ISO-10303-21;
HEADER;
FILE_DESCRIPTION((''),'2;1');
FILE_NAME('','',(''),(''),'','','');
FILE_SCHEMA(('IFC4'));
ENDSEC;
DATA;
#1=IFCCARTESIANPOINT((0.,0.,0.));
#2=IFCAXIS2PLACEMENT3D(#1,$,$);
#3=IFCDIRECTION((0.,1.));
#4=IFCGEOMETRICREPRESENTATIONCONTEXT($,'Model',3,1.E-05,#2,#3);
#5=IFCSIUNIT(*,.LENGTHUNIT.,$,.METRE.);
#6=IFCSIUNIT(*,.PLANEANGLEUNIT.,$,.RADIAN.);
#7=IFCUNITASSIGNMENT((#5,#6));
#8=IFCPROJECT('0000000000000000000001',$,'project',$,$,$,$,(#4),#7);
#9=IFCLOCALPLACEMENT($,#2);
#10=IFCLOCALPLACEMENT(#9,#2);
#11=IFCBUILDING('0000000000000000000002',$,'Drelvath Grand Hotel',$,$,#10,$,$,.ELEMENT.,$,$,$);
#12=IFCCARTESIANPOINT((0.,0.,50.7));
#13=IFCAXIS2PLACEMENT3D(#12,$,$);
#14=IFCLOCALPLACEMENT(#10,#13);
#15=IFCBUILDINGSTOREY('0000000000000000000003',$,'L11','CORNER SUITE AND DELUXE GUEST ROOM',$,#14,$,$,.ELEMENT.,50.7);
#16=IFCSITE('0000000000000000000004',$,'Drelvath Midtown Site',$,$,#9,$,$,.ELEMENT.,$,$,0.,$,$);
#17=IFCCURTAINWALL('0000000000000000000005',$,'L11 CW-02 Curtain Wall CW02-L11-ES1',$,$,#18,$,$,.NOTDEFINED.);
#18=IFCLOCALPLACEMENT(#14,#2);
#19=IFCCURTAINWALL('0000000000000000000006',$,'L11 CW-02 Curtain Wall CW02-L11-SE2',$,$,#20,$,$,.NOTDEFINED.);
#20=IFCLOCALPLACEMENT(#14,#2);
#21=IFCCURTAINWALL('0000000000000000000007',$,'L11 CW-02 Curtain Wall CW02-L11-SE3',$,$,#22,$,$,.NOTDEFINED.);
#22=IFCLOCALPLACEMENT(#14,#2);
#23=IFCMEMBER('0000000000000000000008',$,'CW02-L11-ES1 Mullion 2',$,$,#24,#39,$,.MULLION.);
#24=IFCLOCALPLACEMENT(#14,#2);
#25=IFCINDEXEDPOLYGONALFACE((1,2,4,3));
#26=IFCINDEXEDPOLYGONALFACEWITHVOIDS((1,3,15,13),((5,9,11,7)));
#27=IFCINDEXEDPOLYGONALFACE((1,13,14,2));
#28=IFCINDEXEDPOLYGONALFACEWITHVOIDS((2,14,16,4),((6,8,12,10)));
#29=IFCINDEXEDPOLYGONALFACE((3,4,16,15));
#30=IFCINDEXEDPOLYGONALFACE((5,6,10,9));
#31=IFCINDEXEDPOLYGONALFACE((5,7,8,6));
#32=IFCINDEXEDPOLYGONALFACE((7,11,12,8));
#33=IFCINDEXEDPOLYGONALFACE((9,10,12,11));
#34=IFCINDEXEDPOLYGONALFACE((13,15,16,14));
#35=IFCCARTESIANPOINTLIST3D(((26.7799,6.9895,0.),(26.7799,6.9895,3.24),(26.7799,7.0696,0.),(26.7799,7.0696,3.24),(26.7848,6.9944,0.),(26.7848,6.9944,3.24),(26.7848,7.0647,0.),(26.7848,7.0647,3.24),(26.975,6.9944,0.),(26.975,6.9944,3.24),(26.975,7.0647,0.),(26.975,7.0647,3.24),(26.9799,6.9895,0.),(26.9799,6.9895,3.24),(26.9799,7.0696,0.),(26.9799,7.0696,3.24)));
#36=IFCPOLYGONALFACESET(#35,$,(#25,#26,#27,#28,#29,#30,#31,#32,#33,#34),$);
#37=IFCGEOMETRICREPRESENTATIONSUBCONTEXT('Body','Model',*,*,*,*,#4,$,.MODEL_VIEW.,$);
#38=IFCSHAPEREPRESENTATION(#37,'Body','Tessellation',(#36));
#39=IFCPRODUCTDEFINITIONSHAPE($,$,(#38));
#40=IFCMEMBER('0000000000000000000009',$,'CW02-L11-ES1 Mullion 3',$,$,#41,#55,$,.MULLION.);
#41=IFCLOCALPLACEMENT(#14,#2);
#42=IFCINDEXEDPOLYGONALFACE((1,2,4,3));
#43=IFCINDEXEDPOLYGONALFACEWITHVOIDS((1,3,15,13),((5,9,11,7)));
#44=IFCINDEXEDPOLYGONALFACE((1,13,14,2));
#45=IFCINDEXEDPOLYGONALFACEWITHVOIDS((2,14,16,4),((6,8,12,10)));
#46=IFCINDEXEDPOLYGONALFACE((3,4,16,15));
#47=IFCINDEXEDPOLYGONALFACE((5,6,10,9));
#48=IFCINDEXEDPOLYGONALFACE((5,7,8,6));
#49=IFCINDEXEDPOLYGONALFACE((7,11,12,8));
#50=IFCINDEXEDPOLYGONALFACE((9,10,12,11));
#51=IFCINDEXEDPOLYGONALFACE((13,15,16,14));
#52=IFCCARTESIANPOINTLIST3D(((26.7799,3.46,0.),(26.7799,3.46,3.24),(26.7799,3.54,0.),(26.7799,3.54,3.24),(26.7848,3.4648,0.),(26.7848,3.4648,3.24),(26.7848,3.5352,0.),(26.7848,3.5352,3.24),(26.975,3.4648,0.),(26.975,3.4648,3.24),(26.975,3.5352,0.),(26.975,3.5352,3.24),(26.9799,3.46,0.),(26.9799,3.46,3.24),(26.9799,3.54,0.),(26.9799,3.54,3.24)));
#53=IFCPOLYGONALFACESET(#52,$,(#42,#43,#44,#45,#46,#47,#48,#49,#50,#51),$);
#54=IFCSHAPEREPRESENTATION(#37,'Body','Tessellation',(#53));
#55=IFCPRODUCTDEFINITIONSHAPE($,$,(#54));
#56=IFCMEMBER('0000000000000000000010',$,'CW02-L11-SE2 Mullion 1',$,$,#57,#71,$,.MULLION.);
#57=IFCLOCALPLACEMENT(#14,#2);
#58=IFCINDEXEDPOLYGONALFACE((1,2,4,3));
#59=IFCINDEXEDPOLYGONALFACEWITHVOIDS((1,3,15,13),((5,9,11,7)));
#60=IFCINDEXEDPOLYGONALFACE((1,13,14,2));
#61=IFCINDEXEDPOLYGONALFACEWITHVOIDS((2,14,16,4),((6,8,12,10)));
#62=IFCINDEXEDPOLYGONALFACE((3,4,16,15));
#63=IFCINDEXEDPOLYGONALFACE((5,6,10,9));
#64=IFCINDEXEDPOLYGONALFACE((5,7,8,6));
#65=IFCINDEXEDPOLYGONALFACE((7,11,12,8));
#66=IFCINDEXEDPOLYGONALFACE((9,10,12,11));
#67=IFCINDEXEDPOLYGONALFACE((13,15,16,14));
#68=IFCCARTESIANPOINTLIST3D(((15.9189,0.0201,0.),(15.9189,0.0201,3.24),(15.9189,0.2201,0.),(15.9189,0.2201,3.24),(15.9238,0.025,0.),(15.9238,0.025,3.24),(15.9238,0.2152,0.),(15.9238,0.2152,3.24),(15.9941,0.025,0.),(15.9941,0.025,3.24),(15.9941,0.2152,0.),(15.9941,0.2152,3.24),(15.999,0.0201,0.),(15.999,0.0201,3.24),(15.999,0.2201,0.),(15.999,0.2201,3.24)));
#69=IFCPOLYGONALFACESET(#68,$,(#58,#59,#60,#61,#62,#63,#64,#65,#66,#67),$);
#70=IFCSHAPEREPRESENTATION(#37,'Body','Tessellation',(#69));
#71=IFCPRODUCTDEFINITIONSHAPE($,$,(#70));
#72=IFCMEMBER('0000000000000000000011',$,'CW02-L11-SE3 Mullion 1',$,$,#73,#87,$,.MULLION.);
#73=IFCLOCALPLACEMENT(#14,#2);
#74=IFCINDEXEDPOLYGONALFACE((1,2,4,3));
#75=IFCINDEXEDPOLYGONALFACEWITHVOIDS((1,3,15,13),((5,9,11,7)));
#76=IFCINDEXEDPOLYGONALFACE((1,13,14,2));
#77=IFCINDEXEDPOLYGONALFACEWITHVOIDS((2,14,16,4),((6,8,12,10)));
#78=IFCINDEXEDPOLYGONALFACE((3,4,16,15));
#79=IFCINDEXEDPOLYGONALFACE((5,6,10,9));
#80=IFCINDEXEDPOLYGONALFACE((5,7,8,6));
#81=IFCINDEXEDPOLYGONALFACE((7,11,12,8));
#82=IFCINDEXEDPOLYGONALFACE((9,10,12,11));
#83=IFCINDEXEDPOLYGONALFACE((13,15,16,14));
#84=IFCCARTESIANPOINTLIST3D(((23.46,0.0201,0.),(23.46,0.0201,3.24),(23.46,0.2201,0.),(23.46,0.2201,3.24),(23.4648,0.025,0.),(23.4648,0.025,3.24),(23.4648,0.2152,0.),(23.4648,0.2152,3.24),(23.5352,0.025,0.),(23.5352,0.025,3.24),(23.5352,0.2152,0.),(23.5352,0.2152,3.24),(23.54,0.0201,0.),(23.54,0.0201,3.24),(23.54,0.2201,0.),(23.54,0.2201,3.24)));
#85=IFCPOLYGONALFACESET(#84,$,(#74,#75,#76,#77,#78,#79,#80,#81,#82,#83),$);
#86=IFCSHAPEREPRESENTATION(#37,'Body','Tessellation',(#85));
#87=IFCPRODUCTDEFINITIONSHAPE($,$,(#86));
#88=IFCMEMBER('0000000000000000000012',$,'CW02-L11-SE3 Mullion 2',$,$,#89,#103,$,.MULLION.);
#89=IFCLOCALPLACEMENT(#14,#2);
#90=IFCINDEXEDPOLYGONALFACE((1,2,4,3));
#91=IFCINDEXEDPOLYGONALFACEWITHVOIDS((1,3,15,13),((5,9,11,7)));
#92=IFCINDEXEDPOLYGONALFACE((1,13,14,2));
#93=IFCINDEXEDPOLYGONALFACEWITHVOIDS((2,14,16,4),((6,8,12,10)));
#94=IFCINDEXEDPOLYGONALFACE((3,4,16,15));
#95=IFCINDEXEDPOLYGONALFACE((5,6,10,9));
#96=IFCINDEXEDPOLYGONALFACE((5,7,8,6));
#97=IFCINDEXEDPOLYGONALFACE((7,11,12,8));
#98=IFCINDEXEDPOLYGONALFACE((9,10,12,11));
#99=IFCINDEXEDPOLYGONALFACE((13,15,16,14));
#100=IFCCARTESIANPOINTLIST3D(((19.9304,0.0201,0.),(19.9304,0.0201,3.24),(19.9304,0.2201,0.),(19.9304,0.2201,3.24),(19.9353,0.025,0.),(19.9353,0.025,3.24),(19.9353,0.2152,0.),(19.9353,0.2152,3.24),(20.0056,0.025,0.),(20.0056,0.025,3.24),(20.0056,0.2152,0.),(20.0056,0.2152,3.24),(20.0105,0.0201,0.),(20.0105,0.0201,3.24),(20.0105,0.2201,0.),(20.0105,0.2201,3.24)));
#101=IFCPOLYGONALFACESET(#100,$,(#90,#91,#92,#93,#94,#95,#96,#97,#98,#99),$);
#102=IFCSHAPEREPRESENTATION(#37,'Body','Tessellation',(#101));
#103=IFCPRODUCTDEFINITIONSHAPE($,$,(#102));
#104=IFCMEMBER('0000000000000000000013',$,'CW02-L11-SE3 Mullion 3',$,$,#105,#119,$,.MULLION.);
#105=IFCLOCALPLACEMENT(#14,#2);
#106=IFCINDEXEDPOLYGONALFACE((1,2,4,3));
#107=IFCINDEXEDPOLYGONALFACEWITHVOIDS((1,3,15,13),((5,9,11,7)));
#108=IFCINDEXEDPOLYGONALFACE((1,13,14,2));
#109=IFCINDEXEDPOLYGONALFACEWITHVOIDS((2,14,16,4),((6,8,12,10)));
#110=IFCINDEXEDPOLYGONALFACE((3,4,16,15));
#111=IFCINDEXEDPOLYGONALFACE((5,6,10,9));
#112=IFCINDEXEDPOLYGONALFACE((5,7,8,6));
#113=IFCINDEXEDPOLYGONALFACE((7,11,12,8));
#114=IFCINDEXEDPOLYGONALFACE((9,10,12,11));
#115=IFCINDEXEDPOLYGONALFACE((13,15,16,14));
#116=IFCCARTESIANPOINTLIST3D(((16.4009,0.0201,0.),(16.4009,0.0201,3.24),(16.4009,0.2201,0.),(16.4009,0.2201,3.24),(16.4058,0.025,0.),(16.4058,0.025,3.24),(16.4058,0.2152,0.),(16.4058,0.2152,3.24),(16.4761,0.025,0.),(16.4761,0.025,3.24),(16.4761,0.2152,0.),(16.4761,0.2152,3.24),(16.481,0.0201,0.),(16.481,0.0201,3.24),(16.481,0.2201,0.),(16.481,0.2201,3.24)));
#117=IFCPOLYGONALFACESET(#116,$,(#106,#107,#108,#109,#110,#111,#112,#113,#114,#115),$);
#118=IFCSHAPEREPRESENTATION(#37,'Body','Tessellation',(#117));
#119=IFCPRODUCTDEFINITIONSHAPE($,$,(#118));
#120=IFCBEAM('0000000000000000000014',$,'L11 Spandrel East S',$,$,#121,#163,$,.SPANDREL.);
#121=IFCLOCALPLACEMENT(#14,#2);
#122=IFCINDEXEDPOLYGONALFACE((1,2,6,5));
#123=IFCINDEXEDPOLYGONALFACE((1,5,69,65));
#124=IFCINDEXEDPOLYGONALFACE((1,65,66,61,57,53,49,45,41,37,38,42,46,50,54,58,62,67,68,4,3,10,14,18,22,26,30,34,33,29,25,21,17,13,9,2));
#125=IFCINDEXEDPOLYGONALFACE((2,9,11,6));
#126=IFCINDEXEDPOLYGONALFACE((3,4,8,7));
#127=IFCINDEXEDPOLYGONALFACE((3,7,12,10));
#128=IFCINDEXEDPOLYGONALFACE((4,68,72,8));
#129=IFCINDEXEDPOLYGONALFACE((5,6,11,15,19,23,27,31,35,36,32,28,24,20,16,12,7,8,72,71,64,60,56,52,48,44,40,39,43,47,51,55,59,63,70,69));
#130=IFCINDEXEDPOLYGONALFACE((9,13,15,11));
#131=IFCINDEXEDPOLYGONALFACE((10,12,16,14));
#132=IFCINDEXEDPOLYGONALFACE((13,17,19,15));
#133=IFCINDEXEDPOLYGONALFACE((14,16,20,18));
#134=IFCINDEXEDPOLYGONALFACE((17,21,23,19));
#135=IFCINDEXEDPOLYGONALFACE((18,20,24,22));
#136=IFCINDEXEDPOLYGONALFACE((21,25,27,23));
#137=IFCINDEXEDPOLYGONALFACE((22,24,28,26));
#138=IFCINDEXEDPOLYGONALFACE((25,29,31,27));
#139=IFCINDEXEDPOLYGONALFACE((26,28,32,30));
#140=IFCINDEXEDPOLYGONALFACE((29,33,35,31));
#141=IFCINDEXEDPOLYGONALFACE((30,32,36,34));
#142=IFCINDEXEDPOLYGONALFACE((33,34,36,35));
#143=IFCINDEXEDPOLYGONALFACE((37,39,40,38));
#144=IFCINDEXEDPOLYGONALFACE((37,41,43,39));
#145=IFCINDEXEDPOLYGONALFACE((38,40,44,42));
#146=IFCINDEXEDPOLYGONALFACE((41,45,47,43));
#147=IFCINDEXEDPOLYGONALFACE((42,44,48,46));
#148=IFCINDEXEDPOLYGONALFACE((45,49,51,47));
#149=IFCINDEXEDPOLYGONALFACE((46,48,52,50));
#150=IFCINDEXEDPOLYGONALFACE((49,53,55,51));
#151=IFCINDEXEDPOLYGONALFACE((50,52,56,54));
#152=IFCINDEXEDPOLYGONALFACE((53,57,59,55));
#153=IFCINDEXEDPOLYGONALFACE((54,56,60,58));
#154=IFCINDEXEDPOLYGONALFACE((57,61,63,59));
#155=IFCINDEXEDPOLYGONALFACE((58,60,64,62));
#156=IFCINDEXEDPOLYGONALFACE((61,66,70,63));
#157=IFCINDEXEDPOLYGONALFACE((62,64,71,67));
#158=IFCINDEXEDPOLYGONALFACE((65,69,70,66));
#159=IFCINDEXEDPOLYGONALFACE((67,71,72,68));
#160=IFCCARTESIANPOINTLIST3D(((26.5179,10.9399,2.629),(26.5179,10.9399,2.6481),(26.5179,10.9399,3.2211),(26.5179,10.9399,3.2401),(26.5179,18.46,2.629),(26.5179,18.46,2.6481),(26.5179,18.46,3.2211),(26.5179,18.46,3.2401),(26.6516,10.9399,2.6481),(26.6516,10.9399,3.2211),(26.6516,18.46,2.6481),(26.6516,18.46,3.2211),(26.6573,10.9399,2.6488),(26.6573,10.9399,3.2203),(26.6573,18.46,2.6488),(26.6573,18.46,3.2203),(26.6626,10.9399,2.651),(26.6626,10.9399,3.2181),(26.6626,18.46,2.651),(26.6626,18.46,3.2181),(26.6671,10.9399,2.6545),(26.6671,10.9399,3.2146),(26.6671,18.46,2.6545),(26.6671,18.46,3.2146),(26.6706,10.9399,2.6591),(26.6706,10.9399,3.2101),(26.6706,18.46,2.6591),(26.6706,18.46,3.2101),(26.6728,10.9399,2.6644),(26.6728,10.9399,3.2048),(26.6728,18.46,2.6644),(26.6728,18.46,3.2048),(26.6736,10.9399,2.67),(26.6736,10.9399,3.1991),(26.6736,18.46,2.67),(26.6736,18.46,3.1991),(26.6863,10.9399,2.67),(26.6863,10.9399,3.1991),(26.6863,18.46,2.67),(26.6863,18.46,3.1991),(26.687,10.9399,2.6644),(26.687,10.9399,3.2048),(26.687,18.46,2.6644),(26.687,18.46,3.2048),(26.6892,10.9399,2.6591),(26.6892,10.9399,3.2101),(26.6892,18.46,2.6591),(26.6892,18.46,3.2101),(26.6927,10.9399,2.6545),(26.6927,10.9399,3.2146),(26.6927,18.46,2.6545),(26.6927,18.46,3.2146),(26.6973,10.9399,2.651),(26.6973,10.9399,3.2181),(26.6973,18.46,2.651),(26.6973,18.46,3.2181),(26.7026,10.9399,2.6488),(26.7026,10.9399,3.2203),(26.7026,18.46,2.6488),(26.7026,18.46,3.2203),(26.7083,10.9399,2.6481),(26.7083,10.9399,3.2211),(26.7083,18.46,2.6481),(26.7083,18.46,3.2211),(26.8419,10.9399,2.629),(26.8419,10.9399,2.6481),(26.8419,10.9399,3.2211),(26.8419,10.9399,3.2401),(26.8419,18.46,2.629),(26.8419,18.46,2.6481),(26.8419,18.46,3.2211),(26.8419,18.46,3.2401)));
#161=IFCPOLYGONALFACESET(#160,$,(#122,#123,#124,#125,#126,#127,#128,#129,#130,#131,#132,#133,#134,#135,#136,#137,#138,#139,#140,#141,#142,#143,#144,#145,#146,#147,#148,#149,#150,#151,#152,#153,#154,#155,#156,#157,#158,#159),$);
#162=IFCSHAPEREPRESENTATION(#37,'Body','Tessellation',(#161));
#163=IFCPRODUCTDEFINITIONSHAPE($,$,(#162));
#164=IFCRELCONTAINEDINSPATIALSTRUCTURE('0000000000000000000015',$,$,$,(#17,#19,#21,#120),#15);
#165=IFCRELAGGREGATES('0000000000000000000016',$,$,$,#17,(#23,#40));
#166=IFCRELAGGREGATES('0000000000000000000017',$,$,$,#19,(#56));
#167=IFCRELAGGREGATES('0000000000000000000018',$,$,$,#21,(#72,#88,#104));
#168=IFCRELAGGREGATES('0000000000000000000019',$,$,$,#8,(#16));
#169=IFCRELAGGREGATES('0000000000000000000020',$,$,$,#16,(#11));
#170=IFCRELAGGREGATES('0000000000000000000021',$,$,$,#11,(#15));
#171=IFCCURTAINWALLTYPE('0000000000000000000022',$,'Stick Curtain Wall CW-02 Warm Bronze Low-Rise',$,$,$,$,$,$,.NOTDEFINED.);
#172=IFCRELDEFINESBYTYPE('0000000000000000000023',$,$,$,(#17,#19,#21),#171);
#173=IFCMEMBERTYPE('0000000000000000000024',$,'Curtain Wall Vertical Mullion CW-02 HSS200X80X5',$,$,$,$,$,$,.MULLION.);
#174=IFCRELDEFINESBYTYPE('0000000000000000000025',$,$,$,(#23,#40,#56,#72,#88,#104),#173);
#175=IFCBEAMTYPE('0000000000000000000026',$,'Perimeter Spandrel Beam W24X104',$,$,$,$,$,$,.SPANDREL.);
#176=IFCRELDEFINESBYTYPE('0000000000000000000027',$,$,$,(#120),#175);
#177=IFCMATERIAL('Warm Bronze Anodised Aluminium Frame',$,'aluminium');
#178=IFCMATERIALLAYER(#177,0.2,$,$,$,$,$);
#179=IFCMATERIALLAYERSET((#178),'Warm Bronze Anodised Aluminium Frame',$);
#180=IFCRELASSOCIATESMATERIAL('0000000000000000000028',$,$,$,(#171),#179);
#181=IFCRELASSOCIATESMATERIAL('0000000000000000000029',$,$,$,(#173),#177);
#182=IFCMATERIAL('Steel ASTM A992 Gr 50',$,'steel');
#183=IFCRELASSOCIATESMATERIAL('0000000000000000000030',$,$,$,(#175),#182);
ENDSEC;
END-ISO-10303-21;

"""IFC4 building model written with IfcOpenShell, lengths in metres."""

from ifc_helpers import new_model, si_unit, direction, frame, origin, origin_2d, place, context, subcontext, project, spatial, hollow_rectangle, i_section, extrude, material, layer, layer_set, material_profile, profile_set, type_object, element, aggregate, save


model = new_model("IFC4")

# Units and contexts
model_context = context("Model", 3, precision=1e-05, world=origin(), true_north=direction((0.0, 1.0)))
body_context = subcontext(model_context, "Body", "Model", "MODEL_VIEW")
ifc_project = project(units=[si_unit("LENGTHUNIT", "METRE"), si_unit("PLANEANGLEUNIT", "RADIAN")], contexts=[model_context])

# Site, building, storey
site_placement = place(None, origin())
site = spatial("IfcSite", under=ifc_project, at=site_placement, Name="Drelvath Midtown Site", CompositionType="ELEMENT", RefElevation=0.0)
building_placement = place(site_placement, origin())
building = spatial("IfcBuilding", under=site, at=building_placement, Name="Drelvath Grand Hotel", CompositionType="ELEMENT")
storey_placement = place(building_placement, frame((0.0, 0.0, 50.7)))
storey = spatial("IfcBuildingStorey", under=building, at=storey_placement, Name="L11", Description="CORNER SUITE AND DELUXE GUEST ROOM", CompositionType="ELEMENT", Elevation=50.7)

# Curtain walls
ifc_material_1 = material(Name="Warm Bronze Anodised Aluminium Frame", Category="aluminium")
ifc_layer_1 = layer(ifc_material_1, 0.2)
ifc_layer_set_1 = layer_set([ifc_layer_1], Name="Warm Bronze Anodised Aluminium Frame")
curtain_wall_type = type_object("IfcCurtainWallType", Name="Stick Curtain Wall CW-02 Warm Bronze Low-Rise", PredefinedType="NOTDEFINED", material=ifc_layer_set_1)
curtain_wall_1_placement = place(storey_placement, origin())
curtain_wall_1 = element("IfcCurtainWall", 1, at=curtain_wall_1_placement, inside=storey, type_object=curtain_wall_type, Name="L11 CW-02 Curtain Wall CW02-L11-ES1", PredefinedType="NOTDEFINED")
curtain_wall_2_placement = place(storey_placement, origin())
curtain_wall_2 = element("IfcCurtainWall", 2, at=curtain_wall_2_placement, inside=storey, type_object=curtain_wall_type, Name="L11 CW-02 Curtain Wall CW02-L11-SE2", PredefinedType="NOTDEFINED")
curtain_wall_3_placement = place(storey_placement, origin())
curtain_wall_3 = element("IfcCurtainWall", 3, at=curtain_wall_3_placement, inside=storey, type_object=curtain_wall_type, Name="L11 CW-02 Curtain Wall CW02-L11-SE3", PredefinedType="NOTDEFINED")

# Members
ifc_material_profile_1 = material_profile(ifc_material_1, hollow_rectangle(XDim=0.0801, YDim=0.2, WallThickness=0.0049, at=origin_2d()), Name="HSS200X80X5")
ifc_profile_set_1 = profile_set([ifc_material_profile_1], Name="Warm Bronze Anodised Aluminium Frame")
member_type_1 = type_object("IfcMemberType", Name="Curtain Wall Vertical Mullion CW-02 HSS200X80X5", PredefinedType="MULLION", material=ifc_profile_set_1)
member_1_placement = place(storey_placement, frame((26.8799, 7.0295, 0.0), z_axis=(0.0, 0.0, 1.0), x_axis=(0.0, 1.0, 0.0)))
member_1 = element("IfcMember", 4, at=member_1_placement, type_object=member_type_1, Name="CW02-L11-ES1 Mullion 2", PredefinedType="MULLION", context=body_context, shape_type="SweptSolid", body=[
    extrude(hollow_rectangle(XDim=0.0801, YDim=0.2, WallThickness=0.0049, at=origin_2d()), origin(), (0.0, 0.0, 1.0), 3.24),
])
member_2_placement = place(storey_placement, frame((26.8799, 3.5, 0.0), z_axis=(0.0, 0.0, 1.0), x_axis=(0.0, 1.0, 0.0)))
member_2 = element("IfcMember", 5, at=member_2_placement, type_object=member_type_1, Name="CW02-L11-ES1 Mullion 3", PredefinedType="MULLION", context=body_context, shape_type="SweptSolid", body=[
    extrude(hollow_rectangle(XDim=0.0801, YDim=0.2, WallThickness=0.0049, at=origin_2d()), origin(), (0.0, 0.0, 1.0), 3.24),
])
member_3_placement = place(storey_placement, frame((15.959, 0.1201, 0.0), z_axis=(0.0, 0.0, 1.0), x_axis=(1.0, 0.0, 0.0)))
member_3 = element("IfcMember", 6, at=member_3_placement, type_object=member_type_1, Name="CW02-L11-SE2 Mullion 1", PredefinedType="MULLION", context=body_context, shape_type="SweptSolid", body=[
    extrude(hollow_rectangle(XDim=0.0801, YDim=0.2, WallThickness=0.0049, at=origin_2d()), origin(), (0.0, 0.0, 1.0), 3.24),
])
member_4_placement = place(storey_placement, frame((23.5, 0.1201, 0.0), z_axis=(0.0, 0.0, 1.0), x_axis=(1.0, 0.0, 0.0)))
member_4 = element("IfcMember", 7, at=member_4_placement, type_object=member_type_1, Name="CW02-L11-SE3 Mullion 1", PredefinedType="MULLION", context=body_context, shape_type="SweptSolid", body=[
    extrude(hollow_rectangle(XDim=0.0801, YDim=0.2, WallThickness=0.0049, at=origin_2d()), origin(), (0.0, 0.0, 1.0), 3.24),
])
member_5_placement = place(storey_placement, frame((19.9705, 0.1201, 0.0), z_axis=(0.0, 0.0, 1.0), x_axis=(1.0, 0.0, 0.0)))
member_5 = element("IfcMember", 8, at=member_5_placement, type_object=member_type_1, Name="CW02-L11-SE3 Mullion 2", PredefinedType="MULLION", context=body_context, shape_type="SweptSolid", body=[
    extrude(hollow_rectangle(XDim=0.0801, YDim=0.2, WallThickness=0.0049, at=origin_2d()), origin(), (0.0, 0.0, 1.0), 3.24),
])
member_6_placement = place(storey_placement, frame((16.4409, 0.1201, 0.0), z_axis=(0.0, 0.0, 1.0), x_axis=(1.0, 0.0, 0.0)))
member_6 = element("IfcMember", 9, at=member_6_placement, type_object=member_type_1, Name="CW02-L11-SE3 Mullion 3", PredefinedType="MULLION", context=body_context, shape_type="SweptSolid", body=[
    extrude(hollow_rectangle(XDim=0.0801, YDim=0.2, WallThickness=0.0049, at=origin_2d()), origin(), (0.0, 0.0, 1.0), 3.24),
])

# Beam
ifc_material_2 = material(Name="Steel ASTM A992 Gr 50", Category="steel")
ifc_material_profile_2 = material_profile(ifc_material_2, i_section(OverallWidth=0.324, OverallDepth=0.6111, WebThickness=0.0127, FlangeThickness=0.019, FilletRadius=0.022, at=origin_2d()), Name="W24X104")
ifc_profile_set_2 = profile_set([ifc_material_profile_2], Name="Steel ASTM A992 Gr 50")
beam_type_1 = type_object("IfcBeamType", Name="Perimeter Spandrel Beam W24X104", PredefinedType="SPANDREL", material=ifc_profile_set_2)
beam_1_placement = place(storey_placement, frame((26.6799, 10.9399, 2.9346), z_axis=(0.0, 1.0, 0.0), x_axis=(-1.0, 0.0, 0.0)))
element("IfcBeam", 10, at=beam_1_placement, inside=storey, type_object=beam_type_1, Name="L11 Spandrel East S", PredefinedType="SPANDREL", context=body_context, shape_type="SweptSolid", body=[
    extrude(i_section(OverallWidth=0.324, OverallDepth=0.6111, WebThickness=0.0127, FlangeThickness=0.019, FilletRadius=0.022, at=origin_2d()), origin(), (0.0, 0.0, 1.0), 7.52),
])

aggregate(curtain_wall_1, [member_1, member_2])
aggregate(curtain_wall_2, [member_3])
aggregate(curtain_wall_3, [member_4, member_5, member_6])

save(model, "model.ifc")
